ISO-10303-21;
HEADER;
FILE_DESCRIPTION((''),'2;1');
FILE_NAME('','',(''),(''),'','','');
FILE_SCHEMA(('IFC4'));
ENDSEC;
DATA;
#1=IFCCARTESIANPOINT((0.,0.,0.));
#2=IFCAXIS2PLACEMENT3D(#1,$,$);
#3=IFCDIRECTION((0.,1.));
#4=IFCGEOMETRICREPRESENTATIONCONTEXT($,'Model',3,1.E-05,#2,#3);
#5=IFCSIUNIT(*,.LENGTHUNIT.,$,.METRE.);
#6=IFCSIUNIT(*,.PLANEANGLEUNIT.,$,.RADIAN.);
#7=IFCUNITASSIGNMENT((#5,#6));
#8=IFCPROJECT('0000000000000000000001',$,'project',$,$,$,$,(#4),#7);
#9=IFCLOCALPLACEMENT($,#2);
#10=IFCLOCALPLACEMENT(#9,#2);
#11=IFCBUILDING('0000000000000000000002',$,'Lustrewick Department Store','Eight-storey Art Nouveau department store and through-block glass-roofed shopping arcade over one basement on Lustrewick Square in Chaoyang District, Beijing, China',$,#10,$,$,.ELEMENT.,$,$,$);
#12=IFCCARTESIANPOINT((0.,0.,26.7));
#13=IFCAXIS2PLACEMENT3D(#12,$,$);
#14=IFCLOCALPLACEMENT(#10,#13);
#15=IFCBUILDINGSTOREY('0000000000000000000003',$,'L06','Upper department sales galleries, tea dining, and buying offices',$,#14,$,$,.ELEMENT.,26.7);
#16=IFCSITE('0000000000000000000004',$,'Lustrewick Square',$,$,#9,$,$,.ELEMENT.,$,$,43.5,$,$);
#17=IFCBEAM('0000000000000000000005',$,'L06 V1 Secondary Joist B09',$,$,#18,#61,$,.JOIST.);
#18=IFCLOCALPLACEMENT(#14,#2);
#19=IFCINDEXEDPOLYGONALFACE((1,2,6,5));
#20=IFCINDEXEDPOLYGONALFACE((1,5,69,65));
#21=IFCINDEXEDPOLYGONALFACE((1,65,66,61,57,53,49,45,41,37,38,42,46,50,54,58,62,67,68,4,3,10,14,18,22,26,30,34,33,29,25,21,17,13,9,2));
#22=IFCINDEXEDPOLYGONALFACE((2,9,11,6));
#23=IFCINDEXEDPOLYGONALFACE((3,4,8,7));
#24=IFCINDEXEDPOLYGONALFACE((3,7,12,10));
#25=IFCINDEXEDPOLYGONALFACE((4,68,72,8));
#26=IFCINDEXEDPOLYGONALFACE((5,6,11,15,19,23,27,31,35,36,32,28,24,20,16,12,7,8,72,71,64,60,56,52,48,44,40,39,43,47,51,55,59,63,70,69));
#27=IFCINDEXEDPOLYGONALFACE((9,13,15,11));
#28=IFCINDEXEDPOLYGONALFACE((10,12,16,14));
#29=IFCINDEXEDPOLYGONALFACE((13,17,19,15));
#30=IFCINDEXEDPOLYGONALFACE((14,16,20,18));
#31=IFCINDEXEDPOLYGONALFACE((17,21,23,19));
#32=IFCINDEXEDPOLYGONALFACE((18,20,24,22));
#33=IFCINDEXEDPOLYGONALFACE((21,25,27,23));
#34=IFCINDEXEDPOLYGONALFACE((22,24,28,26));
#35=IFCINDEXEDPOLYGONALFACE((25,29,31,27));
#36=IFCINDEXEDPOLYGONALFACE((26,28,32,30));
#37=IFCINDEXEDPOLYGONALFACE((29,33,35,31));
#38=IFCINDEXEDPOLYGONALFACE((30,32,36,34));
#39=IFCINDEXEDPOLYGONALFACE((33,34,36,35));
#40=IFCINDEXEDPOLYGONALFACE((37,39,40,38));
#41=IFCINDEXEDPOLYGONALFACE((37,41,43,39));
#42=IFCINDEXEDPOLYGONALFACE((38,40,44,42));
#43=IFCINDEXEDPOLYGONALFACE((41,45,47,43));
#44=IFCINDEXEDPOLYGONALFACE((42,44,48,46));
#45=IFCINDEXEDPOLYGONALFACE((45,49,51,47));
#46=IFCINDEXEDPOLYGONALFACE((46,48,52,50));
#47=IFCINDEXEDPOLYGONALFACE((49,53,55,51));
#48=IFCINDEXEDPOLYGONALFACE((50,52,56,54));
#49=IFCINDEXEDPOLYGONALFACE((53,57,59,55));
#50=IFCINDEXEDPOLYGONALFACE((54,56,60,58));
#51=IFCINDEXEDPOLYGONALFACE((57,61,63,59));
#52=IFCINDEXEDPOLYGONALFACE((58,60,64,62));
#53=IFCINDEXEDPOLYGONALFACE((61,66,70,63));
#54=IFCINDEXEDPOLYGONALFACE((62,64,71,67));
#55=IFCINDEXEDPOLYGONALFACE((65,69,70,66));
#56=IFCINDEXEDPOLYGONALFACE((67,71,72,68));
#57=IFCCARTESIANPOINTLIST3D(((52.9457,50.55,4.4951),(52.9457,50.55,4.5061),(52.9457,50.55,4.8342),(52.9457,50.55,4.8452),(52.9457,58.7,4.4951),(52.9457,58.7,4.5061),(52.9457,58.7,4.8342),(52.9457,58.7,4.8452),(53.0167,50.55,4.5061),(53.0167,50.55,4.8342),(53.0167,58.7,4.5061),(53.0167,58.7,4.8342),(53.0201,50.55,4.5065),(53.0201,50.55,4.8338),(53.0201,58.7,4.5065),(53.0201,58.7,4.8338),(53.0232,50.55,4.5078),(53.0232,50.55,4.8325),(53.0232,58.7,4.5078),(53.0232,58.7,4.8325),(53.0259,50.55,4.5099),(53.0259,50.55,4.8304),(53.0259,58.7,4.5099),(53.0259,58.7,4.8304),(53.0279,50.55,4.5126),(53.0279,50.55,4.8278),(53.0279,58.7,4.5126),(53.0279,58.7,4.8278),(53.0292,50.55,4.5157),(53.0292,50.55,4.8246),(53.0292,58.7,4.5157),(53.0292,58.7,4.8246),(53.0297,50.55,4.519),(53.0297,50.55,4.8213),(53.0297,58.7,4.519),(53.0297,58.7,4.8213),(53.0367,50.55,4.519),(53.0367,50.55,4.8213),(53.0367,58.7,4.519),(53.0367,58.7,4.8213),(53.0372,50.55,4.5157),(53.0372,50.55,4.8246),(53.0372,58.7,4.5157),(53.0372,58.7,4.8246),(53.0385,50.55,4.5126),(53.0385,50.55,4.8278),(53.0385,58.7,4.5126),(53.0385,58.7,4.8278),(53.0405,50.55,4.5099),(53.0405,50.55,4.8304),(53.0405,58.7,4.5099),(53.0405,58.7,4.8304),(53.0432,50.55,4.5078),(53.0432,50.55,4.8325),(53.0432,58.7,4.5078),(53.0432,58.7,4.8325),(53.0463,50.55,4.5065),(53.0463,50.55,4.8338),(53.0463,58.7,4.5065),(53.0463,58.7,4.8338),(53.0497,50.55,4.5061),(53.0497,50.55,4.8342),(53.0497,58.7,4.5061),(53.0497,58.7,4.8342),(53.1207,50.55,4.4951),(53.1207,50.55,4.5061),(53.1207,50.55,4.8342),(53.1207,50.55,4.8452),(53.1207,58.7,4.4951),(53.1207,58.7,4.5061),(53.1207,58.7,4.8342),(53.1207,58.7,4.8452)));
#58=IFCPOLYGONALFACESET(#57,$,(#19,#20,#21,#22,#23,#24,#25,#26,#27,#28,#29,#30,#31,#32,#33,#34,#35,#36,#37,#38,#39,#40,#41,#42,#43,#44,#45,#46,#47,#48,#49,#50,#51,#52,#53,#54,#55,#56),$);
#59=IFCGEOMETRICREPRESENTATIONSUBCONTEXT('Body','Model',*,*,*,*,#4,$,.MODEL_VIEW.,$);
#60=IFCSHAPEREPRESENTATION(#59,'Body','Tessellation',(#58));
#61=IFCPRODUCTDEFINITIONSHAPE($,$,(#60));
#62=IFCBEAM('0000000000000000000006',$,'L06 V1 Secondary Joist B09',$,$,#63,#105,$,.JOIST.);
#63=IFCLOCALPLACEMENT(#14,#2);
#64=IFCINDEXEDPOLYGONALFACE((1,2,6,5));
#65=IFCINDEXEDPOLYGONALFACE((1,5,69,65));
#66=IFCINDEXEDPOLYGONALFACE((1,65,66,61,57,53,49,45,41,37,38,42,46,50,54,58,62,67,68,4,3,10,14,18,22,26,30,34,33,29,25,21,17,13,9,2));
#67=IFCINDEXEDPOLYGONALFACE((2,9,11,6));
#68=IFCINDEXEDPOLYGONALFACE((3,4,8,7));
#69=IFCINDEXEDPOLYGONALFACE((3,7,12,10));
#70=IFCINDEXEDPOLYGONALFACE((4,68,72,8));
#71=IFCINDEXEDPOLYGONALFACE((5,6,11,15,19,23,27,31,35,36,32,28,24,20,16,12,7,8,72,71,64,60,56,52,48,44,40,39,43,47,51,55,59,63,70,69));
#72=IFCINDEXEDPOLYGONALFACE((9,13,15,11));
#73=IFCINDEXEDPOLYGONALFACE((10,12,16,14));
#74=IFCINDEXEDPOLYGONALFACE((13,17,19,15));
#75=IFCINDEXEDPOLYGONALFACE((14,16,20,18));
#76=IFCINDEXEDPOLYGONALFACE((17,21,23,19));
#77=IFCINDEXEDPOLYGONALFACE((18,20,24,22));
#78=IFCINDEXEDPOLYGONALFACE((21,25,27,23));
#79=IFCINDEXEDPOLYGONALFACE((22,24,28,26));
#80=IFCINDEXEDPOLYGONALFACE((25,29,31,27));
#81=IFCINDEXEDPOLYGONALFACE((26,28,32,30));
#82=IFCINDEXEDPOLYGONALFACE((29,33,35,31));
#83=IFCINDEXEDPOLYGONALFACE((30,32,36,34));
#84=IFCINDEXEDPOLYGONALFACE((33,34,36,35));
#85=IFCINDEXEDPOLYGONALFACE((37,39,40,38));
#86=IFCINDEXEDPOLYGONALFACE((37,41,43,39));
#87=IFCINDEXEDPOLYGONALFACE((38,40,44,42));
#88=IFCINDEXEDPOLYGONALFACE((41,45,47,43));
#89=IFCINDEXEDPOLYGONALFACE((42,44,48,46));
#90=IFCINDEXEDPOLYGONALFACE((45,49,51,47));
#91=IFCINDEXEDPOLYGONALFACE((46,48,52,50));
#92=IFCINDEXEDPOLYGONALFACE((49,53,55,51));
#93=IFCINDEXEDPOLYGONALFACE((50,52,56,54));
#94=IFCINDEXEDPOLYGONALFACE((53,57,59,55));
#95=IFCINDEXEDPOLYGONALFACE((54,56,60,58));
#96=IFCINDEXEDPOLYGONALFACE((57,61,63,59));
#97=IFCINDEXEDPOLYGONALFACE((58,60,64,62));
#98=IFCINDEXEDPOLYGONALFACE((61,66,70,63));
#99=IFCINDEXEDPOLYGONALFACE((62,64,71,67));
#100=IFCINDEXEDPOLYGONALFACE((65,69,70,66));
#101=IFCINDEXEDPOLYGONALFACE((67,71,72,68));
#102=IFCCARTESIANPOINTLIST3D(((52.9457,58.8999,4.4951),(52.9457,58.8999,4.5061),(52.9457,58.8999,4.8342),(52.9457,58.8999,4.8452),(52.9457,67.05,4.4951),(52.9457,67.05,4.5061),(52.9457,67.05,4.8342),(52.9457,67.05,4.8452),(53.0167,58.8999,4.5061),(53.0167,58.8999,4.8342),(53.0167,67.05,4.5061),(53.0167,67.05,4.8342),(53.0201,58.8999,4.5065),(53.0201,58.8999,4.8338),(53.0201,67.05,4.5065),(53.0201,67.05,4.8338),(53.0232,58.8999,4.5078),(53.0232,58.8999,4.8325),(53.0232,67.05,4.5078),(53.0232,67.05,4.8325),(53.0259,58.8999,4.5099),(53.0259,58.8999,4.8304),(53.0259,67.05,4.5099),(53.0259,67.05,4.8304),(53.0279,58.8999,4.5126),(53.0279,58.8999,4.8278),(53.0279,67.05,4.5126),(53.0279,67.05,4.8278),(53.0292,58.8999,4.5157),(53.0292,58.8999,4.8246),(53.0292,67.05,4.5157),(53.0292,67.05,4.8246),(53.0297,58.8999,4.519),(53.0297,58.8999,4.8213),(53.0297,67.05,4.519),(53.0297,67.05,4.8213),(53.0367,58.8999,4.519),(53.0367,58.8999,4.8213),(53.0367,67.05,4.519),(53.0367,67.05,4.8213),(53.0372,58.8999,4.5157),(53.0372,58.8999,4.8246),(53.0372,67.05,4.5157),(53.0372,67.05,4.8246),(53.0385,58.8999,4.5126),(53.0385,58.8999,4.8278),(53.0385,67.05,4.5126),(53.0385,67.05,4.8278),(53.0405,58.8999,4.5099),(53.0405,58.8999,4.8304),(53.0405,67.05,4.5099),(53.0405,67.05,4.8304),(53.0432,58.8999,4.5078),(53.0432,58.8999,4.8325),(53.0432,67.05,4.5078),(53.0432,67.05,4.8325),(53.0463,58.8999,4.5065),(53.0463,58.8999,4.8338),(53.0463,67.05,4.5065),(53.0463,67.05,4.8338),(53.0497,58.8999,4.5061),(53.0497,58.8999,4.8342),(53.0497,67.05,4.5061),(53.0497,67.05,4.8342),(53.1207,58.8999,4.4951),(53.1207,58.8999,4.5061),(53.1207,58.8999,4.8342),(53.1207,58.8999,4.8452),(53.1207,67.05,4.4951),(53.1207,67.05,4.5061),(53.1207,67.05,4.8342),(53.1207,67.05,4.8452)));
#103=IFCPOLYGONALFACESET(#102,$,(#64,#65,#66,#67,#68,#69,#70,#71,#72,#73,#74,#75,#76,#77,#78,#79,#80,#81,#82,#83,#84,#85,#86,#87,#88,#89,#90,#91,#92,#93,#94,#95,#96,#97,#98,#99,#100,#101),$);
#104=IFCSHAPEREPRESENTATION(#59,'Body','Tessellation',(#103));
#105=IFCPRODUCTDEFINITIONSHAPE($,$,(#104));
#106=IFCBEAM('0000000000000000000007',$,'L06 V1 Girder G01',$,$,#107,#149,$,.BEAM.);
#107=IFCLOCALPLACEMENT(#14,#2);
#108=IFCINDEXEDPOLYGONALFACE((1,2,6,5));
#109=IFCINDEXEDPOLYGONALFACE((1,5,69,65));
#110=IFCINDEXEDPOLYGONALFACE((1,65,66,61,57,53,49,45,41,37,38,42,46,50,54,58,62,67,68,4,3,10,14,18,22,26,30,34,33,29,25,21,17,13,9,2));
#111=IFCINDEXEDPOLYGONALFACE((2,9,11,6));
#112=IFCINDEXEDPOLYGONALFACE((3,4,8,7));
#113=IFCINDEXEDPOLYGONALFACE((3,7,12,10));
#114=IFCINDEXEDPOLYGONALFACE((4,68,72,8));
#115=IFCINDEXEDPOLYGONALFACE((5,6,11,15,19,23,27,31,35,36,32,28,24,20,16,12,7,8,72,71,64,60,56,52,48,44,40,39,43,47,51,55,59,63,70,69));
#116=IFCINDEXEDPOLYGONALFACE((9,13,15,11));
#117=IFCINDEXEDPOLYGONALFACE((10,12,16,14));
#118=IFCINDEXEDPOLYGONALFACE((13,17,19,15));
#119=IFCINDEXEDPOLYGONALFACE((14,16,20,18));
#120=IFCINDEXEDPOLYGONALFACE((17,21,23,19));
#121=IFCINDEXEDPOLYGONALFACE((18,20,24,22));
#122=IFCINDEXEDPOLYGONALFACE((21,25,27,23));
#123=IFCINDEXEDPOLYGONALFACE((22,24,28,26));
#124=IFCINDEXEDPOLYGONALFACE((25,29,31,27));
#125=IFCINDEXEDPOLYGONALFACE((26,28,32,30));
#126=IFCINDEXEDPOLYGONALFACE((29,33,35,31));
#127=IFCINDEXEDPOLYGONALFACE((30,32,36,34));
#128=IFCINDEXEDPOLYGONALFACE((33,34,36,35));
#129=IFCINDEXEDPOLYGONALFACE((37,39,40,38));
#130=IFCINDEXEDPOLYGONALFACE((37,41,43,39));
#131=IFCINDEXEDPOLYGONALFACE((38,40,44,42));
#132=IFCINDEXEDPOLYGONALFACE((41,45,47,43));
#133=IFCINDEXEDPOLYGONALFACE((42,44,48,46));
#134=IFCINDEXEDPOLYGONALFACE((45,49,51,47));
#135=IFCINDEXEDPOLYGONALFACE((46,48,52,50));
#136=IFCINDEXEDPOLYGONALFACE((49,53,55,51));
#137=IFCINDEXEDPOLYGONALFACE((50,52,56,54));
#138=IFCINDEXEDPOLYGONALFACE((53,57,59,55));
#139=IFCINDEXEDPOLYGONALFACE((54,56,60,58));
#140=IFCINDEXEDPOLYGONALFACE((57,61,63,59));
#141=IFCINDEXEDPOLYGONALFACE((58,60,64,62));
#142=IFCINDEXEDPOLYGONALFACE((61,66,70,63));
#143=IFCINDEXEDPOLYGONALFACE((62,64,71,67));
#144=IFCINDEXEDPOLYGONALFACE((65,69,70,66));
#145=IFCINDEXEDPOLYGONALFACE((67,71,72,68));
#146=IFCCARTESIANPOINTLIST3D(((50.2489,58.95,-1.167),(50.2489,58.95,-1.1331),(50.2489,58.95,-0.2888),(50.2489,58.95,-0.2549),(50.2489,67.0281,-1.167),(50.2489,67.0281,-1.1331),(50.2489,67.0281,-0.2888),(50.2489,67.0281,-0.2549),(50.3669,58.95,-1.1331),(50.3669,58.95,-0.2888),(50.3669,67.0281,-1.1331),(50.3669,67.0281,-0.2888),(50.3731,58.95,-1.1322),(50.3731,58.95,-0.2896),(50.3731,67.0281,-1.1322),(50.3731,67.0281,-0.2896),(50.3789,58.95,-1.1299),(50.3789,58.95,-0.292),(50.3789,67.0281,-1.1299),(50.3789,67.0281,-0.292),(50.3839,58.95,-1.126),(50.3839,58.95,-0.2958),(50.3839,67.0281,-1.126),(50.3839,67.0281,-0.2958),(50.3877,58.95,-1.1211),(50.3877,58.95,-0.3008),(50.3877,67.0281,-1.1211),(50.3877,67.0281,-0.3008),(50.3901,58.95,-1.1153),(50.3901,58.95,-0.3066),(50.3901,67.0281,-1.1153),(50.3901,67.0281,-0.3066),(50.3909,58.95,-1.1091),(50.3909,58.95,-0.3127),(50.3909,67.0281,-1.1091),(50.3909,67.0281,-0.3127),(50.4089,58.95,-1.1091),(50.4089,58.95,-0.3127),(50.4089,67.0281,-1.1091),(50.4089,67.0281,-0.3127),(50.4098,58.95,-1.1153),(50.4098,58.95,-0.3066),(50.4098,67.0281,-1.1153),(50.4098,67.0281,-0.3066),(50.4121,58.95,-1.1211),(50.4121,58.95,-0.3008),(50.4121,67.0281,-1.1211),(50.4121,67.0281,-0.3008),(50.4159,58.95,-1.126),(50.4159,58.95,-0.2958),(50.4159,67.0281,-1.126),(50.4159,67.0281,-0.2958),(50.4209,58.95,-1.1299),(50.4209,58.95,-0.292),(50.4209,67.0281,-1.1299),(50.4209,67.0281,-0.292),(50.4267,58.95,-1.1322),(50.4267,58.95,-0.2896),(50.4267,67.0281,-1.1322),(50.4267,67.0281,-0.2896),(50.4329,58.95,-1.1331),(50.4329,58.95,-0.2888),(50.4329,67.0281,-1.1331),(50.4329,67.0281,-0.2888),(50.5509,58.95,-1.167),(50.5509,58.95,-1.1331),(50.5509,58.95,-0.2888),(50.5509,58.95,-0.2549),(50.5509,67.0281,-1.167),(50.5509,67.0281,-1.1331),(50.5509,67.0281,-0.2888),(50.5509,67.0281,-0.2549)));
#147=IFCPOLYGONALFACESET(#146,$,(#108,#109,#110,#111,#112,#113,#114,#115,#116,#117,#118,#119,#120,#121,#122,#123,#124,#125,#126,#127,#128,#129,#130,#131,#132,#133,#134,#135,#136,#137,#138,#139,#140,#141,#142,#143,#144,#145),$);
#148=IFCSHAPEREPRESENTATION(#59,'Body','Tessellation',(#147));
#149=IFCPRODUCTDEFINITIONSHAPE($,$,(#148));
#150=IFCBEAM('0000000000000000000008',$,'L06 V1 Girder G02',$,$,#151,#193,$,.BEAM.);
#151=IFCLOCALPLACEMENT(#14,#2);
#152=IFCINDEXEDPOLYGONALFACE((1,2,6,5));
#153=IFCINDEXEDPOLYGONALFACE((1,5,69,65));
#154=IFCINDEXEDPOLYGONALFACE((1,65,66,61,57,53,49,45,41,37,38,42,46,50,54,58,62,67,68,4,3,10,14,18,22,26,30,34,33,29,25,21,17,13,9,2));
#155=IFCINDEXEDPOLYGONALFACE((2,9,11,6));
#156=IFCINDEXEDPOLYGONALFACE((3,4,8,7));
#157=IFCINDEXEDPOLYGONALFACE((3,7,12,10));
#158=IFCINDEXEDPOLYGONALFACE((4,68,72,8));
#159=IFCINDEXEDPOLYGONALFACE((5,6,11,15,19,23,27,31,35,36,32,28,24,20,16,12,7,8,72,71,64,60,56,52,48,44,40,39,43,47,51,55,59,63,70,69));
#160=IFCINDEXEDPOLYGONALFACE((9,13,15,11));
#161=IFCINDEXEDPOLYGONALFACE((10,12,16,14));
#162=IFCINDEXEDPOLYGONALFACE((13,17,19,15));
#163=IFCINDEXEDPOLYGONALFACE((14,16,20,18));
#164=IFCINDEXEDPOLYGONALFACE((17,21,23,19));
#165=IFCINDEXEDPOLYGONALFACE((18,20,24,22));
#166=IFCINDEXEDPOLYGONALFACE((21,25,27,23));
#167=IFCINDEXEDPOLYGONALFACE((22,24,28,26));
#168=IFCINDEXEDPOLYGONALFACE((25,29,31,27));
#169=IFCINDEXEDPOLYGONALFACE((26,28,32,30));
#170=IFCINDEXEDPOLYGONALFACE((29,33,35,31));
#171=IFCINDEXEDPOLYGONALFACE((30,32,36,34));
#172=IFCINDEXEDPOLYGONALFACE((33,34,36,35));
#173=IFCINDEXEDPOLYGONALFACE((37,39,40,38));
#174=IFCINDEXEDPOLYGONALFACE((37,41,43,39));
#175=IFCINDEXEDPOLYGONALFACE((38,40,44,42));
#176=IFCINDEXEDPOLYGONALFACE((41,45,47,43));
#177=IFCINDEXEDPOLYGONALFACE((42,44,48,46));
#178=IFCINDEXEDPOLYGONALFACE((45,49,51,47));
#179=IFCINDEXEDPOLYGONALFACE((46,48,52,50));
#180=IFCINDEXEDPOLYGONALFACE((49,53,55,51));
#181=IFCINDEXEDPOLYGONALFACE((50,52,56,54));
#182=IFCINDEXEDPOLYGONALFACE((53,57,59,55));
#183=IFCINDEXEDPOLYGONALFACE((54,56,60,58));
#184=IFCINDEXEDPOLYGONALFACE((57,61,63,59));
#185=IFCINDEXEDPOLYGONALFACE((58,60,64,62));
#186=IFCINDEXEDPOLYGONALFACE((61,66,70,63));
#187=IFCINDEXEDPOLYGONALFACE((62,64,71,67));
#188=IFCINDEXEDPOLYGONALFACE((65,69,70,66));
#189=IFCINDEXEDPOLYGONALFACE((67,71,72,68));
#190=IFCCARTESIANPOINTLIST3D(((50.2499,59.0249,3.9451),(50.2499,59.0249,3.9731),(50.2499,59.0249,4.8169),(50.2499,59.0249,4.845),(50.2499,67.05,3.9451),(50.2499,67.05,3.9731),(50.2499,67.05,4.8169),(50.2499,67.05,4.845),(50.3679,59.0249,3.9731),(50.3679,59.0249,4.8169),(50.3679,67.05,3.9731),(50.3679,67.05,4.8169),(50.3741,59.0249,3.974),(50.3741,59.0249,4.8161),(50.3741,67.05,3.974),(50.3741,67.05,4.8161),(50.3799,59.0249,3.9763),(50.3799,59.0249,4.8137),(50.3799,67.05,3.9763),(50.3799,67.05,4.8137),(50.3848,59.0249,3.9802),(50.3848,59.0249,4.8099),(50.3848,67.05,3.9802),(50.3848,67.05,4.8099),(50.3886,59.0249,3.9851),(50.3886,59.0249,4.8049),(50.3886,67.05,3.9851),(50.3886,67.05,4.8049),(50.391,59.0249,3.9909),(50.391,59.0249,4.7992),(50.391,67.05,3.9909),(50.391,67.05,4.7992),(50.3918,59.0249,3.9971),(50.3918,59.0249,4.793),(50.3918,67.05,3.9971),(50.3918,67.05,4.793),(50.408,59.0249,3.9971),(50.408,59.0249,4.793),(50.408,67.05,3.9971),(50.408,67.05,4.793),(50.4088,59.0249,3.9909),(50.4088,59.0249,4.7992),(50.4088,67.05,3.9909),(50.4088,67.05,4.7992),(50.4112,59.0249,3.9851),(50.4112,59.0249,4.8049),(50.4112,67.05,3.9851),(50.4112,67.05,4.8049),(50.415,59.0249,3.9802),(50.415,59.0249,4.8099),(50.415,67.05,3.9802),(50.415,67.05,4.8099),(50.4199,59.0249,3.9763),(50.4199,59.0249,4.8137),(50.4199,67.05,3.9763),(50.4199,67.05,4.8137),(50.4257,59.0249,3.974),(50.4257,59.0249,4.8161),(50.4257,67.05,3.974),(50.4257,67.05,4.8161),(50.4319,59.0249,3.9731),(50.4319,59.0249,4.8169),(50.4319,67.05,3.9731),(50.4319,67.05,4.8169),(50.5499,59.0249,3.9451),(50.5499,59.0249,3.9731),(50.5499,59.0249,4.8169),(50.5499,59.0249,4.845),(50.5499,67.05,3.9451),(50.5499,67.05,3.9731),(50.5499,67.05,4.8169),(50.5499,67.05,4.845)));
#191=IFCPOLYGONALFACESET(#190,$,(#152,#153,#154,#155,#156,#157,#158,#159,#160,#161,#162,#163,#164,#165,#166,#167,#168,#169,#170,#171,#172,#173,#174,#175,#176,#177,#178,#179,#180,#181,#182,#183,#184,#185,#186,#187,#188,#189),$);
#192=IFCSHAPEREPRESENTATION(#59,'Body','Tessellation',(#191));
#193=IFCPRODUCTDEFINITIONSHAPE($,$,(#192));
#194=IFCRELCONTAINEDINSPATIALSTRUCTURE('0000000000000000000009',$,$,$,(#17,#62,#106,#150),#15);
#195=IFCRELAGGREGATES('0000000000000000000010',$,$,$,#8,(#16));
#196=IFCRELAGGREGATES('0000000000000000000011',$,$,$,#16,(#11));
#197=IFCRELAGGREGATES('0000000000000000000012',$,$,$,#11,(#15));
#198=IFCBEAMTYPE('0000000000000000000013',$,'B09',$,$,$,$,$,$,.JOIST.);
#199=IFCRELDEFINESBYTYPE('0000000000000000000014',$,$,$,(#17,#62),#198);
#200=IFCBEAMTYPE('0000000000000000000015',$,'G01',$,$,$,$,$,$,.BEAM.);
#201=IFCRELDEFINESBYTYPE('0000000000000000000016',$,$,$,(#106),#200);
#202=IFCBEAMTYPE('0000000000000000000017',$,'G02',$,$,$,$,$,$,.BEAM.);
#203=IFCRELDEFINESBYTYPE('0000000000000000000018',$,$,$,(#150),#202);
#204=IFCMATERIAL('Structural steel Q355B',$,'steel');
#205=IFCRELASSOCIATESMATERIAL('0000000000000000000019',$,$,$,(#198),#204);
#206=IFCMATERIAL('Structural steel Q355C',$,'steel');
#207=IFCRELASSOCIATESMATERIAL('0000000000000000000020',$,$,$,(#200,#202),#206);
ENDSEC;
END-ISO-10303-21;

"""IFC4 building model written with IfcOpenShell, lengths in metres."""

from ifc_helpers import new_model, si_unit, direction, frame, origin, origin_2d, place, context, subcontext, project, spatial, i_section, extrude, material, material_profile, profile_set, type_object, element, save


model = new_model("IFC4")

# Units and contexts
model_context = context("Model", 3, precision=1e-05, world=origin(), true_north=direction((0.0, 1.0)))
body_context = subcontext(model_context, "Body", "Model", "MODEL_VIEW")
ifc_project = project(units=[si_unit("LENGTHUNIT", "METRE"), si_unit("PLANEANGLEUNIT", "RADIAN")], contexts=[model_context])

# Site, building, storey
site_placement = place(None, origin())
site = spatial("IfcSite", under=ifc_project, at=site_placement, Name="Lustrewick Square", CompositionType="ELEMENT", RefElevation=43.5)
building_placement = place(site_placement, origin())
building = spatial("IfcBuilding", under=site, at=building_placement, Name="Lustrewick Department Store", Description="Eight-storey Art Nouveau department store and through-block glass-roofed shopping arcade over one basement on Lustrewick Square in Chaoyang District, Beijing, China", CompositionType="ELEMENT")
storey_placement = place(building_placement, frame((0.0, 0.0, 26.7)))
storey = spatial("IfcBuildingStorey", under=building, at=storey_placement, Name="L06", Description="Upper department sales galleries, tea dining, and buying offices", CompositionType="ELEMENT", Elevation=26.7)

# Shared definitions
ifc_material_1 = material(Name="Structural steel Q355B", Category="steel")

# Beams
ifc_material_profile_1 = material_profile(ifc_material_1, i_section(OverallWidth=0.175, OverallDepth=0.3501, WebThickness=0.0071, FlangeThickness=0.011, FilletRadius=0.0129, at=origin_2d()), Name="HN 350x175x7x11")
ifc_profile_set_1 = profile_set([ifc_material_profile_1], Name="Structural steel Q355B")
beam_type_1 = type_object("IfcBeamType", Name="B09", PredefinedType="JOIST", material=ifc_profile_set_1)
beam_1_placement = place(storey_placement, frame((53.0332, 50.55, 4.6702), z_axis=(0.0, 1.0, 0.0), x_axis=(-1.0, 0.0, 0.0)))
element("IfcBeam", 1, at=beam_1_placement, inside=storey, type_object=beam_type_1, Name="L06 V1 Secondary Joist B09", PredefinedType="JOIST", context=body_context, shape_type="SweptSolid", body=[
    extrude(i_section(OverallWidth=0.175, OverallDepth=0.3501, WebThickness=0.0071, FlangeThickness=0.011, FilletRadius=0.0129, at=origin_2d()), origin(), (0.0, 0.0, 1.0), 8.1499),
])
beam_2_placement = place(storey_placement, frame((53.0332, 58.8999, 4.6702), z_axis=(0.0, 1.0, 0.0), x_axis=(-1.0, 0.0, 0.0)))
element("IfcBeam", 2, at=beam_2_placement, inside=storey, type_object=beam_type_1, Name="L06 V1 Secondary Joist B09", PredefinedType="JOIST", context=body_context, shape_type="SweptSolid", body=[
    extrude(i_section(OverallWidth=0.175, OverallDepth=0.3501, WebThickness=0.0071, FlangeThickness=0.011, FilletRadius=0.0129, at=origin_2d()), origin(), (0.0, 0.0, 1.0), 8.1501),
])
ifc_material_2 = material(Name="Structural steel Q355C", Category="steel")
ifc_material_profile_2 = material_profile(ifc_material_2, i_section(OverallWidth=0.302, OverallDepth=0.9121, WebThickness=0.0181, FlangeThickness=0.0339, FilletRadius=0.0239, at=origin_2d()), Name="HN 912x302x18x34")
ifc_profile_set_2 = profile_set([ifc_material_profile_2], Name="Structural steel Q355C")
beam_type_2 = type_object("IfcBeamType", Name="G01", PredefinedType="BEAM", material=ifc_profile_set_2)
beam_3_placement = place(storey_placement, frame((50.3999, 58.95, -0.7109), z_axis=(0.0, 1.0, 0.0), x_axis=(-1.0, 0.0, 0.0)))
element("IfcBeam", 3, at=beam_3_placement, inside=storey, type_object=beam_type_2, Name="L06 V1 Girder G01", PredefinedType="BEAM", context=body_context, shape_type="SweptSolid", body=[
    extrude(i_section(OverallWidth=0.302, OverallDepth=0.9121, WebThickness=0.0181, FlangeThickness=0.0339, FilletRadius=0.0239, at=origin_2d()), origin(), (0.0, 0.0, 1.0), 8.0781),
])
ifc_material_profile_3 = material_profile(ifc_material_2, i_section(OverallWidth=0.3, OverallDepth=0.8999, WebThickness=0.0161, FlangeThickness=0.0281, FilletRadius=0.0239, at=origin_2d()), Name="HN 900x300x16x28")
ifc_profile_set_3 = profile_set([ifc_material_profile_3], Name="Structural steel Q355C")
beam_type_3 = type_object("IfcBeamType", Name="G02", PredefinedType="BEAM", material=ifc_profile_set_3)
beam_4_placement = place(storey_placement, frame((50.3999, 59.0249, 4.395), z_axis=(0.0, 1.0, 0.0), x_axis=(-1.0, 0.0, 0.0)))
element("IfcBeam", 4, at=beam_4_placement, inside=storey, type_object=beam_type_3, Name="L06 V1 Girder G02", PredefinedType="BEAM", context=body_context, shape_type="SweptSolid", body=[
    extrude(i_section(OverallWidth=0.3, OverallDepth=0.8999, WebThickness=0.0161, FlangeThickness=0.0281, FilletRadius=0.0239, at=origin_2d()), origin(), (0.0, 0.0, 1.0), 8.0251),
])

save(model, "model.ifc")
